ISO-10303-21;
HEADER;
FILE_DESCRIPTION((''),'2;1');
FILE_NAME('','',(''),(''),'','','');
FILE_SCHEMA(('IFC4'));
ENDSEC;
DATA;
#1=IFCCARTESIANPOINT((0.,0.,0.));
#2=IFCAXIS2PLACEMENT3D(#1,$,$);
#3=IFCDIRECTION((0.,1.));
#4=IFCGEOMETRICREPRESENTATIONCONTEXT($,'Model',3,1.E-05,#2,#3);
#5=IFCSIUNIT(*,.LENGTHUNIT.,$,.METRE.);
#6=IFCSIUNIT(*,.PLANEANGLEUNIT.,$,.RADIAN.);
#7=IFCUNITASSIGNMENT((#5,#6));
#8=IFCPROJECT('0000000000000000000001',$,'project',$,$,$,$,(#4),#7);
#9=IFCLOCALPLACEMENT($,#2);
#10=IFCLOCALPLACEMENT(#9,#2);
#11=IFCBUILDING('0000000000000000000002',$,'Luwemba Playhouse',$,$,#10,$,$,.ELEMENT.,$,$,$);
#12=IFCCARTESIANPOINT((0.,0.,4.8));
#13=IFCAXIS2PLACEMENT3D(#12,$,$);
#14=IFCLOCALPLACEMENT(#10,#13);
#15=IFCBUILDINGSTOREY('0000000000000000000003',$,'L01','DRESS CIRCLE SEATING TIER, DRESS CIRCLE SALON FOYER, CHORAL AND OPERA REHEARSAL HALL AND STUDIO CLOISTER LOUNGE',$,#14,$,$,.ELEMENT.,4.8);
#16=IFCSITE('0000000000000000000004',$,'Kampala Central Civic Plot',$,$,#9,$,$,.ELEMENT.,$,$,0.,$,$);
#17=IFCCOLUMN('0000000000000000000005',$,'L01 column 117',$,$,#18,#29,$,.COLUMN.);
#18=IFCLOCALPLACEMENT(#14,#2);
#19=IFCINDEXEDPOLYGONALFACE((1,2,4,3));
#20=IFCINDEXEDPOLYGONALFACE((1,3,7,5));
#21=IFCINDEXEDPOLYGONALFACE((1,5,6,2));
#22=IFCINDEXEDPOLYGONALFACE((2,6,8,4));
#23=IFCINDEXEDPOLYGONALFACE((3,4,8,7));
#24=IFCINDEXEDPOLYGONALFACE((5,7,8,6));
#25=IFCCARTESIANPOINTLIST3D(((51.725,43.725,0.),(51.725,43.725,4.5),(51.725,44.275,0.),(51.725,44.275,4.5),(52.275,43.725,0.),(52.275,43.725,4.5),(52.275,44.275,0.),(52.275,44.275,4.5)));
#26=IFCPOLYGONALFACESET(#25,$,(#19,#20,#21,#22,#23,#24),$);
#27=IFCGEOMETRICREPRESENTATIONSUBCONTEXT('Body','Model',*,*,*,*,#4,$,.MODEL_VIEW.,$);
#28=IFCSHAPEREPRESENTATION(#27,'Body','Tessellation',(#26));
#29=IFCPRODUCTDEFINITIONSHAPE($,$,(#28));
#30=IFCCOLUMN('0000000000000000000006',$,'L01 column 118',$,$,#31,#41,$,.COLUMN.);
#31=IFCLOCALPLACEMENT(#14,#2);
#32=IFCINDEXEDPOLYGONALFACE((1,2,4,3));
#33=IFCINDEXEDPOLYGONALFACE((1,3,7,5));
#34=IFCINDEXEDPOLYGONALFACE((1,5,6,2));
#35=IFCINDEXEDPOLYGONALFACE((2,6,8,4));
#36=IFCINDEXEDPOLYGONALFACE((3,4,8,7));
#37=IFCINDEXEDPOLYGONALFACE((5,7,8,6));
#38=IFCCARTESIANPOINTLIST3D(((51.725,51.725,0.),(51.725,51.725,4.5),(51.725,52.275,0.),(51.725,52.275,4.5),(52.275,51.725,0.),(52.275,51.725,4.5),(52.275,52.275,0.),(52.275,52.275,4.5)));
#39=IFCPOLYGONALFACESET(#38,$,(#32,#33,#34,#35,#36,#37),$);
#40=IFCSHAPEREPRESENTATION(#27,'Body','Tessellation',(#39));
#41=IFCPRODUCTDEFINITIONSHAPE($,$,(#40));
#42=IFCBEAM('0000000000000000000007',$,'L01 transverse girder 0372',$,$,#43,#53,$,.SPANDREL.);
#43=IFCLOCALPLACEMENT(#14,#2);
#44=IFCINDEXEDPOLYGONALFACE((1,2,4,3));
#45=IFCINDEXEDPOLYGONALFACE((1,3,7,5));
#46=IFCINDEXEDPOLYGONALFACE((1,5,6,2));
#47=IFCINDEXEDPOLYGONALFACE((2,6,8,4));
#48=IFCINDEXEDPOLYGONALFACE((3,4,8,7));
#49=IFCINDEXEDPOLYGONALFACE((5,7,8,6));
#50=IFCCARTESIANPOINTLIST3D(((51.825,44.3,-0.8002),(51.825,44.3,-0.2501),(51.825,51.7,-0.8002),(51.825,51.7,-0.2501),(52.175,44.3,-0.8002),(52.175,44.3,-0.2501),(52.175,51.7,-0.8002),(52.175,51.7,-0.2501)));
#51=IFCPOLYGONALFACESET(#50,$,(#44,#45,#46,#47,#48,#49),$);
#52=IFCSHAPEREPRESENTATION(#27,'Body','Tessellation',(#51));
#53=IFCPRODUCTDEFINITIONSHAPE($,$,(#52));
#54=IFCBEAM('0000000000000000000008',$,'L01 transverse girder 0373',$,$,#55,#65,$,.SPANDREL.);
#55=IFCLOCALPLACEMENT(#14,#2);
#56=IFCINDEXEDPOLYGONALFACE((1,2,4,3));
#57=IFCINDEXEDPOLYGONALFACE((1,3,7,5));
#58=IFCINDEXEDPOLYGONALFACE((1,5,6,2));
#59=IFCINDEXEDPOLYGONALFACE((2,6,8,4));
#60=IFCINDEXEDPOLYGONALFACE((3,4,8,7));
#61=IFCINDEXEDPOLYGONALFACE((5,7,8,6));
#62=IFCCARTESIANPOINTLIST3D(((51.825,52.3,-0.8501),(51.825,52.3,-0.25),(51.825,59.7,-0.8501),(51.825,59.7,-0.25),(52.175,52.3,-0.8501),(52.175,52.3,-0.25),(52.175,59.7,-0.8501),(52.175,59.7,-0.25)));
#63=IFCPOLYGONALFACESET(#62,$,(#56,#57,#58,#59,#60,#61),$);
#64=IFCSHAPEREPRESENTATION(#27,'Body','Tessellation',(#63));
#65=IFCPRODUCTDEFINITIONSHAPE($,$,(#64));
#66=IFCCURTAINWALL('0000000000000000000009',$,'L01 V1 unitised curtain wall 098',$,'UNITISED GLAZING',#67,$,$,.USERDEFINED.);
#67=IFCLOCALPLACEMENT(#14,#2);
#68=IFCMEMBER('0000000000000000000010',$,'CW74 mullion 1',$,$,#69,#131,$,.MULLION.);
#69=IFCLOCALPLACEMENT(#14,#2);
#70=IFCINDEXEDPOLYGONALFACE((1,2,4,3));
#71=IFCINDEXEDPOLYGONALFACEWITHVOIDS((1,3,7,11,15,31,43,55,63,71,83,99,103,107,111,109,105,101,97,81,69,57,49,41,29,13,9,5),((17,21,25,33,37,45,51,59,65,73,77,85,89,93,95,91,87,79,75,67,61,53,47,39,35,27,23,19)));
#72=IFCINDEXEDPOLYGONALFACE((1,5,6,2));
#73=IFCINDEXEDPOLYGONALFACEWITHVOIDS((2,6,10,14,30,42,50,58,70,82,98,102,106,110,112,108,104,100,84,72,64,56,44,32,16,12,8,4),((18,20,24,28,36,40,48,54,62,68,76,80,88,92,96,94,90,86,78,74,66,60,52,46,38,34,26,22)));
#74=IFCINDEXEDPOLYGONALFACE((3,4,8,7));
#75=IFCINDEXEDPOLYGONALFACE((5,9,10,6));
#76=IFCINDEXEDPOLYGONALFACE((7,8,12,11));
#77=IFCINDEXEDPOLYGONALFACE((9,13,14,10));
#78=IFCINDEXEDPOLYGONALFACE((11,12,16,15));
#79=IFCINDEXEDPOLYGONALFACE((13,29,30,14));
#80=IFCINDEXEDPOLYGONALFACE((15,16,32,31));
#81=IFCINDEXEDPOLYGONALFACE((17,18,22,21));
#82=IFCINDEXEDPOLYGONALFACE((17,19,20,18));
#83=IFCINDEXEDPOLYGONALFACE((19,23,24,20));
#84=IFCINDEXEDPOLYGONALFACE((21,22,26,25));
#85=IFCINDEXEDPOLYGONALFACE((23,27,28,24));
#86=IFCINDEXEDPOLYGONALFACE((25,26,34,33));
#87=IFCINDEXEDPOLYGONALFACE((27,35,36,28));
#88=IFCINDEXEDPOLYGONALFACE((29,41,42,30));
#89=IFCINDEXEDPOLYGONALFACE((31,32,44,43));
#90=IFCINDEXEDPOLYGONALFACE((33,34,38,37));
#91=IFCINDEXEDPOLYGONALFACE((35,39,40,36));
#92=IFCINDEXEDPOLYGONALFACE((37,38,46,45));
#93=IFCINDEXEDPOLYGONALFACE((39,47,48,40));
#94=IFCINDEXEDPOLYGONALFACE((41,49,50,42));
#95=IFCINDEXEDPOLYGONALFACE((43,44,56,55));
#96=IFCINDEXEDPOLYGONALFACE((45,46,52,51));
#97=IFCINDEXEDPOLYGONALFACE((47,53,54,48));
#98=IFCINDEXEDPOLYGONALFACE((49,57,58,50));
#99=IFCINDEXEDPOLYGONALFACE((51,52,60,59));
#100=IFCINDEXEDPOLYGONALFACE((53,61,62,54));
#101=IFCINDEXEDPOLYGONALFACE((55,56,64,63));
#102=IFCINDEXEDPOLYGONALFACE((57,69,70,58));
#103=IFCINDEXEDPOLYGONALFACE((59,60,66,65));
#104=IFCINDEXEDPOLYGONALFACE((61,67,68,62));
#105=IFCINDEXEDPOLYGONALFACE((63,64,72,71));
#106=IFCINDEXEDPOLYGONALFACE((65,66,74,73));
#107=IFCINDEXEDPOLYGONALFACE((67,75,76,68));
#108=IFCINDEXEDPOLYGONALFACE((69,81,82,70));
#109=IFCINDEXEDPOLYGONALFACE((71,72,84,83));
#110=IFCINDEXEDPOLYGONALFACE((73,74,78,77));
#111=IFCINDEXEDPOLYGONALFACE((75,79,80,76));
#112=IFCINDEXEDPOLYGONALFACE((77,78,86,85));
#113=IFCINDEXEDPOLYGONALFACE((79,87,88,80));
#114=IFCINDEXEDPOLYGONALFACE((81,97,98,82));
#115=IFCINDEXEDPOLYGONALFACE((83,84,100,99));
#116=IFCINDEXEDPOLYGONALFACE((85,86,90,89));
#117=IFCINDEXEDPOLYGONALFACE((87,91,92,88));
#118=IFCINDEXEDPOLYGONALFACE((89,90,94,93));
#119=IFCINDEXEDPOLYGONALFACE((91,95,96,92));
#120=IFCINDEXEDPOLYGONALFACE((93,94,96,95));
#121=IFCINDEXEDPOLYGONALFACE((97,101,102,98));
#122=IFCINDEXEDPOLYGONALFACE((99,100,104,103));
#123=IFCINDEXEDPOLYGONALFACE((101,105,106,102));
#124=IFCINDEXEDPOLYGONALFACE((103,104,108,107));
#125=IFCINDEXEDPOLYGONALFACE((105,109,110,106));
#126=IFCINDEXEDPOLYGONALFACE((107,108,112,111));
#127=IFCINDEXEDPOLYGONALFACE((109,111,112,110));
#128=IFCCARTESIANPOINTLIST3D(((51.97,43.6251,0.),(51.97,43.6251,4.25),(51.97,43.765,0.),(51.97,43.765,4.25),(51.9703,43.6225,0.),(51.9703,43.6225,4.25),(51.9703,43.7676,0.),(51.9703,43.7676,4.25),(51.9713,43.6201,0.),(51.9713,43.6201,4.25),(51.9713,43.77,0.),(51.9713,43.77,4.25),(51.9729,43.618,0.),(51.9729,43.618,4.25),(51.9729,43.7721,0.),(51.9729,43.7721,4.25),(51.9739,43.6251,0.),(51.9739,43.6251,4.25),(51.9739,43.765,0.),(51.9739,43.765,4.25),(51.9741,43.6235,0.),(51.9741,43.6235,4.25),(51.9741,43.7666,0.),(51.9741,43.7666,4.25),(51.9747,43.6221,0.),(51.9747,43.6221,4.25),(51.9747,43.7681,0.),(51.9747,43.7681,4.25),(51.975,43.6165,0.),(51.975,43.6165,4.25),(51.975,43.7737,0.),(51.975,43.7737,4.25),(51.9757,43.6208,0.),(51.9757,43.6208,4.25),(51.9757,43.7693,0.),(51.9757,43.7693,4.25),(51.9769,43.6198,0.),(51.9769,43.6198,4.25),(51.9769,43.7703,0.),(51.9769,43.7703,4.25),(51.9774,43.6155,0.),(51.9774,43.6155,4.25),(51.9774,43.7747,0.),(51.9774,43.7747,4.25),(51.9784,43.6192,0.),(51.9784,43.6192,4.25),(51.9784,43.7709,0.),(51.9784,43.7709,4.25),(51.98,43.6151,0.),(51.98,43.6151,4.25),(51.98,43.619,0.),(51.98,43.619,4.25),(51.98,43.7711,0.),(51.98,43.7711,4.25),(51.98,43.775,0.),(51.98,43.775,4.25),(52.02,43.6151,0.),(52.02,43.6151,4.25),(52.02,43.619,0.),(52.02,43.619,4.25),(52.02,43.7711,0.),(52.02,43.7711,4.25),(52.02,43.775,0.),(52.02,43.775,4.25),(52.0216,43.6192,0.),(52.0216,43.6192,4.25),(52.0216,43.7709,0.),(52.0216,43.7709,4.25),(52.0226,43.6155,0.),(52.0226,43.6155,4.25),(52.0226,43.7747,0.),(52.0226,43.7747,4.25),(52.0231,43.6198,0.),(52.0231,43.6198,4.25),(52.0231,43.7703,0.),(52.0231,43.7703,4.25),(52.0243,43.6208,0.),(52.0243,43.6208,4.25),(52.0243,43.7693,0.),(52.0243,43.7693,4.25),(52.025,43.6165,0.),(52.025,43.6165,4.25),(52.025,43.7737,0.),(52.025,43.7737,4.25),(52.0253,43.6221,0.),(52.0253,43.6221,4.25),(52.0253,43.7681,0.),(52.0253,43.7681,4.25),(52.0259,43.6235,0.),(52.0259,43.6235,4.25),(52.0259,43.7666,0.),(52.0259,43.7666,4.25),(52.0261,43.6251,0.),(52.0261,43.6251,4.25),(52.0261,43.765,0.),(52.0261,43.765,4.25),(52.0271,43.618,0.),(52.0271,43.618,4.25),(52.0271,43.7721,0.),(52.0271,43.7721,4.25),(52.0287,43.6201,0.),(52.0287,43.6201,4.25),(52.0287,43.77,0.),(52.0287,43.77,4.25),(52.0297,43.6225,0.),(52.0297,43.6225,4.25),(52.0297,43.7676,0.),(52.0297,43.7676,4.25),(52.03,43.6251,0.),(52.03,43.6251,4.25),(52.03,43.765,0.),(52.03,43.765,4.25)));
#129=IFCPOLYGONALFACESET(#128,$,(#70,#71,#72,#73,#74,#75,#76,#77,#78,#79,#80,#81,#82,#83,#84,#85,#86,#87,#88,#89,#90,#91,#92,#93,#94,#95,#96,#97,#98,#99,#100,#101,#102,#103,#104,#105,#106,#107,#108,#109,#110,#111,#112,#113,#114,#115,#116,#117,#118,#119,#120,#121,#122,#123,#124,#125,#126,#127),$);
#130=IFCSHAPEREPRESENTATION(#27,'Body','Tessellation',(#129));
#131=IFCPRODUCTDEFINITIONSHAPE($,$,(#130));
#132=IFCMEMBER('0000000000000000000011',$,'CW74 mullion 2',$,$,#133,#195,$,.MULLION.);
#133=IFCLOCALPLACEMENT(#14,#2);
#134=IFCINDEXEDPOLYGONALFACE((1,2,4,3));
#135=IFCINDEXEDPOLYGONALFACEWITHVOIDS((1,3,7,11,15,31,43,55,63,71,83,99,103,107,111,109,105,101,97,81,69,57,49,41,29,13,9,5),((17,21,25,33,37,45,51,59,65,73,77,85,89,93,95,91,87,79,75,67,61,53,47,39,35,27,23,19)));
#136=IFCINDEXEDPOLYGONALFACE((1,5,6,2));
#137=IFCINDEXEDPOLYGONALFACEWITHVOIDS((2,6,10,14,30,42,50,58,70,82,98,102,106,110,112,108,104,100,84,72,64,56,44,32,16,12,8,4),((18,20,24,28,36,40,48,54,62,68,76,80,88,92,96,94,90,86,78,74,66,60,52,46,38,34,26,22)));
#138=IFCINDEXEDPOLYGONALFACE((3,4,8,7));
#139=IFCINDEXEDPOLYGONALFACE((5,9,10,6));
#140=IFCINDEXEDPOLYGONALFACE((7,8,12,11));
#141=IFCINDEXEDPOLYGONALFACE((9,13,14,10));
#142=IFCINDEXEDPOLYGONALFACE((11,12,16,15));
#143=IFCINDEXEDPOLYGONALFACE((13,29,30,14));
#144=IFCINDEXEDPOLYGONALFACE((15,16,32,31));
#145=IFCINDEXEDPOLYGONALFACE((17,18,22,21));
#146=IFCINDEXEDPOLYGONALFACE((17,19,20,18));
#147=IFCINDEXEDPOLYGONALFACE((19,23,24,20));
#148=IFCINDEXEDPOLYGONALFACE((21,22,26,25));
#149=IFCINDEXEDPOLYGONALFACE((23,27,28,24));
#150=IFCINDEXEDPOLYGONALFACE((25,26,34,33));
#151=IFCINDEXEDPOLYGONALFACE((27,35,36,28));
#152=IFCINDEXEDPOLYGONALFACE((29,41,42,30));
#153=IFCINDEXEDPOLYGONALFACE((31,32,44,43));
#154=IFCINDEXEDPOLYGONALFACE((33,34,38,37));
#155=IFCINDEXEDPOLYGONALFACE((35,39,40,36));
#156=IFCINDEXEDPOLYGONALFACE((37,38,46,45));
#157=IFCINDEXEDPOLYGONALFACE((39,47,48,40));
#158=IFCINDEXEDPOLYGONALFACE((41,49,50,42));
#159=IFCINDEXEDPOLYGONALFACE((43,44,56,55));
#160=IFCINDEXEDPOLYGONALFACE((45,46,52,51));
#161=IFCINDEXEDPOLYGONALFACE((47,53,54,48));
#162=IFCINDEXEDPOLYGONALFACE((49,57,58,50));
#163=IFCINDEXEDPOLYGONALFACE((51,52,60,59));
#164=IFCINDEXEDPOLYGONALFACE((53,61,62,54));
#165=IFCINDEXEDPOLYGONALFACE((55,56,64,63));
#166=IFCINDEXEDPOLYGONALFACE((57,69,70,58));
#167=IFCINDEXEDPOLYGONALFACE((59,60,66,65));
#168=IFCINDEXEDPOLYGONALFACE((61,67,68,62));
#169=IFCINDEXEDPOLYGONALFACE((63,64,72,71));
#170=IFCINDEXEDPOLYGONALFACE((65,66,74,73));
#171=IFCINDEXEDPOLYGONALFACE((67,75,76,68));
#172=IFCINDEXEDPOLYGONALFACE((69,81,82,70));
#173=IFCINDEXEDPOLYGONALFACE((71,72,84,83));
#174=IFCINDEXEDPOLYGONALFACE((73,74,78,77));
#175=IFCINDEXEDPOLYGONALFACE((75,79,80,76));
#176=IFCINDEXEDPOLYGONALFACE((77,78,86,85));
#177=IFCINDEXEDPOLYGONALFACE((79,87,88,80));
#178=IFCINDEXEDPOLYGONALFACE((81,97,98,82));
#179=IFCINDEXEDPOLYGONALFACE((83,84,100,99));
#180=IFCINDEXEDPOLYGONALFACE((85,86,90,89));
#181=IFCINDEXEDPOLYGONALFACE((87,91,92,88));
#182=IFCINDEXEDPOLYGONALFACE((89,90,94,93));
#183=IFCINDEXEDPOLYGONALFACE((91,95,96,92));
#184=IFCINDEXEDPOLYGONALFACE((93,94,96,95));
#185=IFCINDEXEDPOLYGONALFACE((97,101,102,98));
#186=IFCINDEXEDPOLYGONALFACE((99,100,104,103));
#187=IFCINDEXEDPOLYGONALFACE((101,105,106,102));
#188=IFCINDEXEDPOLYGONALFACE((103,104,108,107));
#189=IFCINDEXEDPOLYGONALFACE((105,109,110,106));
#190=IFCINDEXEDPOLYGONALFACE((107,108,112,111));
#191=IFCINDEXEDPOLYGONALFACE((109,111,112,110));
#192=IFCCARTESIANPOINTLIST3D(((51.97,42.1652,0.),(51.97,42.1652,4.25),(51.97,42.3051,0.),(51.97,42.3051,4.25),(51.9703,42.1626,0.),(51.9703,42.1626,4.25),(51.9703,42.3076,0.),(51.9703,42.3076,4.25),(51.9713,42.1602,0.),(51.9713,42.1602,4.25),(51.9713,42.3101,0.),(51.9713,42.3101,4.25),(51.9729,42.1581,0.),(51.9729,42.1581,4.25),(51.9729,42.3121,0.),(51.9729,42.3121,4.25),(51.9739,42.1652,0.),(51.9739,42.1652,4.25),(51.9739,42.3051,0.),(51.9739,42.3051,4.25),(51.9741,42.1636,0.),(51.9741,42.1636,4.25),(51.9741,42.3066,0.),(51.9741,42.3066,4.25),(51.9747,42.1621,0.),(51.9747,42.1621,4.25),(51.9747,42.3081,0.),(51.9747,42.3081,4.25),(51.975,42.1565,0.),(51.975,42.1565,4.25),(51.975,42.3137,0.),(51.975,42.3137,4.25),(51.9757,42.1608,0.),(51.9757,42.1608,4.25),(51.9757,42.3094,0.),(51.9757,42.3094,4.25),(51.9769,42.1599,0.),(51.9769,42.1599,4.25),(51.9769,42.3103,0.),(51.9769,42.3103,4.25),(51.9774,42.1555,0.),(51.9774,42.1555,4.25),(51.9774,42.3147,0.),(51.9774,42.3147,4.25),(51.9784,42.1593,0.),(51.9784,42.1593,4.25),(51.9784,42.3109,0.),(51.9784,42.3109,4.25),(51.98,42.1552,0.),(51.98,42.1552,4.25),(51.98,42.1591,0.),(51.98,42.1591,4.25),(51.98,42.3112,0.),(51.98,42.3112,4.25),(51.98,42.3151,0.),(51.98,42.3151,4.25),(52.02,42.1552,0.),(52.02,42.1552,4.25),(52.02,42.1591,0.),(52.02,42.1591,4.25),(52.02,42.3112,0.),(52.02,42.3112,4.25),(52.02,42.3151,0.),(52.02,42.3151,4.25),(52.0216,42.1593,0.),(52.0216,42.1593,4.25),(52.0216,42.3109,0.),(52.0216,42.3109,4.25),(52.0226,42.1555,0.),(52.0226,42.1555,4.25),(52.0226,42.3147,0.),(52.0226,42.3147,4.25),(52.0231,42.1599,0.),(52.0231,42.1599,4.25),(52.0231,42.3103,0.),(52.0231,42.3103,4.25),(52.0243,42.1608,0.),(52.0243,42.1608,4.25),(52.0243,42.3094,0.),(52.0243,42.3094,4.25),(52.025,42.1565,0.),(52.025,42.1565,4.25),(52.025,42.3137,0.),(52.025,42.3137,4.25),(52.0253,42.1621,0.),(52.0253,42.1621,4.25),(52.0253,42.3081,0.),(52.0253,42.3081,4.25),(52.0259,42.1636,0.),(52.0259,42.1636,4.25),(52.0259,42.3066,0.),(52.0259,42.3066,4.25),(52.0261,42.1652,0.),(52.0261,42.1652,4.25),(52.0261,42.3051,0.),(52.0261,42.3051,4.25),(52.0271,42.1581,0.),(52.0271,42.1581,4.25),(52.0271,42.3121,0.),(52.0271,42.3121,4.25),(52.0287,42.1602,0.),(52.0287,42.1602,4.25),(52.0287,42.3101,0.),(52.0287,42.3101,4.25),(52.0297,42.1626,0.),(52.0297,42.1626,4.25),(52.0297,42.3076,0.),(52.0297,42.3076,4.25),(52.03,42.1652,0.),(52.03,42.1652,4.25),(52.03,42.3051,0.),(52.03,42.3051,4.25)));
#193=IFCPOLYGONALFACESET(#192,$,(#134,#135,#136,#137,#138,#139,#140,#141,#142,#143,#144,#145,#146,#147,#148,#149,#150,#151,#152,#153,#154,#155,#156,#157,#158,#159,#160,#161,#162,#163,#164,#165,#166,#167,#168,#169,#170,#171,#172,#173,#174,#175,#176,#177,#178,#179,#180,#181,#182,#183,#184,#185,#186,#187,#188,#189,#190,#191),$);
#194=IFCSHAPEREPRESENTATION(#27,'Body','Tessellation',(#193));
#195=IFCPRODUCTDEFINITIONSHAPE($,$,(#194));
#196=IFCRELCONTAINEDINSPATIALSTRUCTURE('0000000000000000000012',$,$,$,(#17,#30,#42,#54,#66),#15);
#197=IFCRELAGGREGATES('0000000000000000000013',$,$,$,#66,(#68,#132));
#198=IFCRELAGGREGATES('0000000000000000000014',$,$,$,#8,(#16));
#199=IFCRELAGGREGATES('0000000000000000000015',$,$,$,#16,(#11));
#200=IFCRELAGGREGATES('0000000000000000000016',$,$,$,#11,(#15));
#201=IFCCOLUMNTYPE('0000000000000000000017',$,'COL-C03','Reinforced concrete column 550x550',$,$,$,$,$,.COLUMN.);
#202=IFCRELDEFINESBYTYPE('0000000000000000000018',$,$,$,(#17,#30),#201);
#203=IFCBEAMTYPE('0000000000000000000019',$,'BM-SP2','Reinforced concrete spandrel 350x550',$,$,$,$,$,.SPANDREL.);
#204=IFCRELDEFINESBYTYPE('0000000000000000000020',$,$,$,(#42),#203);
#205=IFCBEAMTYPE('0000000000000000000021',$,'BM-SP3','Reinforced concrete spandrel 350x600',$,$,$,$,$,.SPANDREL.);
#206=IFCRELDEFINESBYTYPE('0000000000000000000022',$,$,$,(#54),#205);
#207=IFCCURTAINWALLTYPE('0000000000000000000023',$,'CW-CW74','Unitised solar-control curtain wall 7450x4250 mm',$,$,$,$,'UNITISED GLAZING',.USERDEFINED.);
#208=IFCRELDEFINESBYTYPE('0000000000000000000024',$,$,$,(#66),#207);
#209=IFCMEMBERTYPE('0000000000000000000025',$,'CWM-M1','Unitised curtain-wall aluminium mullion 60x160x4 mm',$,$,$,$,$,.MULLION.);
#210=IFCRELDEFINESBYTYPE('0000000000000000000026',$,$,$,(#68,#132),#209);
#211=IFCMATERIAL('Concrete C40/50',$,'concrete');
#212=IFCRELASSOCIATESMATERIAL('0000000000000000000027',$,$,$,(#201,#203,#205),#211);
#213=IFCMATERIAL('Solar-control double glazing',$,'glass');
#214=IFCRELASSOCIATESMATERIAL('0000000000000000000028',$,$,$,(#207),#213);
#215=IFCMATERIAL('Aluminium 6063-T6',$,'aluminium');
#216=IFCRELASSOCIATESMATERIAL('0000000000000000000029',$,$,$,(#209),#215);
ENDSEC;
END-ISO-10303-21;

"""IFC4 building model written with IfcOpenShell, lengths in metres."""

from ifc_helpers import new_model, si_unit, direction, frame, origin, origin_2d, place, context, subcontext, project, spatial, rectangle, hollow_rectangle, extrude, material, material_profile, profile_set, type_object, element, aggregate, save


model = new_model("IFC4")

# Units and contexts
model_context = context("Model", 3, precision=1e-05, world=origin(), true_north=direction((0.0, 1.0)))
body_context = subcontext(model_context, "Body", "Model", "MODEL_VIEW")
ifc_project = project(units=[si_unit("LENGTHUNIT", "METRE"), si_unit("PLANEANGLEUNIT", "RADIAN")], contexts=[model_context])

# Site, building, storey
site_placement = place(None, origin())
site = spatial("IfcSite", under=ifc_project, at=site_placement, Name="Kampala Central Civic Plot", CompositionType="ELEMENT", RefElevation=0.0)
building_placement = place(site_placement, origin())
building = spatial("IfcBuilding", under=site, at=building_placement, Name="Luwemba Playhouse", CompositionType="ELEMENT")
storey_placement = place(building_placement, frame((0.0, 0.0, 4.8)))
storey = spatial("IfcBuildingStorey", under=building, at=storey_placement, Name="L01", Description="DRESS CIRCLE SEATING TIER, DRESS CIRCLE SALON FOYER, CHORAL AND OPERA REHEARSAL HALL AND STUDIO CLOISTER LOUNGE", CompositionType="ELEMENT", Elevation=4.8)

# Columns
ifc_material_1 = material(Name="Concrete C40/50", Category="concrete")
ifc_material_profile_1 = material_profile(ifc_material_1, rectangle(XDim=0.55, YDim=0.55, at=origin_2d()))
ifc_profile_set_1 = profile_set([ifc_material_profile_1], Name="Concrete C40/50")
column_type = type_object("IfcColumnType", Name="COL-C03", Description="Reinforced concrete column 550x550", PredefinedType="COLUMN", material=ifc_profile_set_1)
for number, where, z_axis, x_axis, name in (
    (1, (52.0, 44.0, 0.0), (0.0, 0.0, 1.0), (1.0, 0.0, 0.0), "L01 column 117"),
    (2, (52.0, 52.0, 0.0), (0.0, 0.0, 1.0), (1.0, 0.0, 0.0), "L01 column 118"),
):
    element("IfcColumn", number, at=place(storey_placement, frame(where, z_axis=z_axis, x_axis=x_axis)), inside=storey, type_object=column_type, Name=name, PredefinedType="COLUMN", context=body_context, shape_type="SweptSolid", body=[
        extrude(rectangle(XDim=0.55, YDim=0.55, at=origin_2d()), origin(), (0.0, 0.0, 1.0), 4.5),
    ])

# Beams
ifc_material_profile_2 = material_profile(ifc_material_1, rectangle(XDim=0.3501, YDim=0.55, at=origin_2d()))
ifc_profile_set_2 = profile_set([ifc_material_profile_2], Name="Concrete C40/50")
beam_type_1 = type_object("IfcBeamType", Name="BM-SP2", Description="Reinforced concrete spandrel 350x550", PredefinedType="SPANDREL", material=ifc_profile_set_2)
beam_1_placement = place(storey_placement, frame((52.0, 44.3, -0.5251), z_axis=(0.0, 1.0, 0.0), x_axis=(-1.0, 0.0, 0.0)))
element("IfcBeam", 3, at=beam_1_placement, inside=storey, type_object=beam_type_1, Name="L01 transverse girder 0372", PredefinedType="SPANDREL", context=body_context, shape_type="SweptSolid", body=[
    extrude(rectangle(XDim=0.3501, YDim=0.55, at=origin_2d()), origin(), (0.0, 0.0, 1.0), 7.3999),
])
ifc_material_profile_3 = material_profile(ifc_material_1, rectangle(XDim=0.3501, YDim=0.6001, at=origin_2d()))
ifc_profile_set_3 = profile_set([ifc_material_profile_3], Name="Concrete C40/50")
beam_type_2 = type_object("IfcBeamType", Name="BM-SP3", Description="Reinforced concrete spandrel 350x600", PredefinedType="SPANDREL", material=ifc_profile_set_3)
beam_2_placement = place(storey_placement, frame((52.0, 52.3, -0.55), z_axis=(0.0, 1.0, 0.0), x_axis=(-1.0, 0.0, 0.0)))
element("IfcBeam", 4, at=beam_2_placement, inside=storey, type_object=beam_type_2, Name="L01 transverse girder 0373", PredefinedType="SPANDREL", context=body_context, shape_type="SweptSolid", body=[
    extrude(rectangle(XDim=0.3501, YDim=0.6001, at=origin_2d()), origin(), (0.0, 0.0, 1.0), 7.3999),
])

# Curtain wall, members
ifc_material_2 = material(Name="Solar-control double glazing", Category="glass")
curtain_wall_type_1 = type_object("IfcCurtainWallType", Name="CW-CW74", Description="Unitised solar-control curtain wall 7450x4250 mm", ElementType="UNITISED GLAZING", PredefinedType="USERDEFINED", material=ifc_material_2)
curtain_wall_1_placement = place(storey_placement, origin())
curtain_wall_1 = element("IfcCurtainWall", 5, at=curtain_wall_1_placement, inside=storey, type_object=curtain_wall_type_1, Name="L01 V1 unitised curtain wall 098", ObjectType="UNITISED GLAZING", PredefinedType="USERDEFINED")
ifc_material_3 = material(Name="Aluminium 6063-T6", Category="aluminium")
ifc_material_profile_4 = material_profile(ifc_material_3, hollow_rectangle(XDim=0.0601, YDim=0.1599, WallThickness=0.0039, InnerFilletRadius=0.0061, OuterFilletRadius=0.01, at=origin_2d()))
ifc_profile_set_4 = profile_set([ifc_material_profile_4], Name="Aluminium 6063-T6")
member_type_1 = type_object("IfcMemberType", Name="CWM-M1", Description="Unitised curtain-wall aluminium mullion 60x160x4 mm", PredefinedType="MULLION", material=ifc_profile_set_4)
member_1_placement = place(storey_placement, frame((52.0, 43.6951, 0.0), z_axis=(0.0, 0.0, 1.0), x_axis=(1.0, 0.0, 0.0)))
member_1 = element("IfcMember", 6, at=member_1_placement, type_object=member_type_1, Name="CW74 mullion 1", PredefinedType="MULLION", context=body_context, shape_type="SweptSolid", body=[
    extrude(hollow_rectangle(XDim=0.0601, YDim=0.1599, WallThickness=0.0039, InnerFilletRadius=0.0061, OuterFilletRadius=0.01, at=origin_2d()), origin(), (0.0, 0.0, 1.0), 4.25),
])
member_2_placement = place(storey_placement, frame((52.0, 42.2351, 0.0), z_axis=(0.0, 0.0, 1.0), x_axis=(1.0, 0.0, 0.0)))
member_2 = element("IfcMember", 7, at=member_2_placement, type_object=member_type_1, Name="CW74 mullion 2", PredefinedType="MULLION", context=body_context, shape_type="SweptSolid", body=[
    extrude(hollow_rectangle(XDim=0.0601, YDim=0.1599, WallThickness=0.0039, InnerFilletRadius=0.0061, OuterFilletRadius=0.01, at=origin_2d()), origin(), (0.0, 0.0, 1.0), 4.25),
])

aggregate(curtain_wall_1, [member_1, member_2])

save(model, "model.ifc")
